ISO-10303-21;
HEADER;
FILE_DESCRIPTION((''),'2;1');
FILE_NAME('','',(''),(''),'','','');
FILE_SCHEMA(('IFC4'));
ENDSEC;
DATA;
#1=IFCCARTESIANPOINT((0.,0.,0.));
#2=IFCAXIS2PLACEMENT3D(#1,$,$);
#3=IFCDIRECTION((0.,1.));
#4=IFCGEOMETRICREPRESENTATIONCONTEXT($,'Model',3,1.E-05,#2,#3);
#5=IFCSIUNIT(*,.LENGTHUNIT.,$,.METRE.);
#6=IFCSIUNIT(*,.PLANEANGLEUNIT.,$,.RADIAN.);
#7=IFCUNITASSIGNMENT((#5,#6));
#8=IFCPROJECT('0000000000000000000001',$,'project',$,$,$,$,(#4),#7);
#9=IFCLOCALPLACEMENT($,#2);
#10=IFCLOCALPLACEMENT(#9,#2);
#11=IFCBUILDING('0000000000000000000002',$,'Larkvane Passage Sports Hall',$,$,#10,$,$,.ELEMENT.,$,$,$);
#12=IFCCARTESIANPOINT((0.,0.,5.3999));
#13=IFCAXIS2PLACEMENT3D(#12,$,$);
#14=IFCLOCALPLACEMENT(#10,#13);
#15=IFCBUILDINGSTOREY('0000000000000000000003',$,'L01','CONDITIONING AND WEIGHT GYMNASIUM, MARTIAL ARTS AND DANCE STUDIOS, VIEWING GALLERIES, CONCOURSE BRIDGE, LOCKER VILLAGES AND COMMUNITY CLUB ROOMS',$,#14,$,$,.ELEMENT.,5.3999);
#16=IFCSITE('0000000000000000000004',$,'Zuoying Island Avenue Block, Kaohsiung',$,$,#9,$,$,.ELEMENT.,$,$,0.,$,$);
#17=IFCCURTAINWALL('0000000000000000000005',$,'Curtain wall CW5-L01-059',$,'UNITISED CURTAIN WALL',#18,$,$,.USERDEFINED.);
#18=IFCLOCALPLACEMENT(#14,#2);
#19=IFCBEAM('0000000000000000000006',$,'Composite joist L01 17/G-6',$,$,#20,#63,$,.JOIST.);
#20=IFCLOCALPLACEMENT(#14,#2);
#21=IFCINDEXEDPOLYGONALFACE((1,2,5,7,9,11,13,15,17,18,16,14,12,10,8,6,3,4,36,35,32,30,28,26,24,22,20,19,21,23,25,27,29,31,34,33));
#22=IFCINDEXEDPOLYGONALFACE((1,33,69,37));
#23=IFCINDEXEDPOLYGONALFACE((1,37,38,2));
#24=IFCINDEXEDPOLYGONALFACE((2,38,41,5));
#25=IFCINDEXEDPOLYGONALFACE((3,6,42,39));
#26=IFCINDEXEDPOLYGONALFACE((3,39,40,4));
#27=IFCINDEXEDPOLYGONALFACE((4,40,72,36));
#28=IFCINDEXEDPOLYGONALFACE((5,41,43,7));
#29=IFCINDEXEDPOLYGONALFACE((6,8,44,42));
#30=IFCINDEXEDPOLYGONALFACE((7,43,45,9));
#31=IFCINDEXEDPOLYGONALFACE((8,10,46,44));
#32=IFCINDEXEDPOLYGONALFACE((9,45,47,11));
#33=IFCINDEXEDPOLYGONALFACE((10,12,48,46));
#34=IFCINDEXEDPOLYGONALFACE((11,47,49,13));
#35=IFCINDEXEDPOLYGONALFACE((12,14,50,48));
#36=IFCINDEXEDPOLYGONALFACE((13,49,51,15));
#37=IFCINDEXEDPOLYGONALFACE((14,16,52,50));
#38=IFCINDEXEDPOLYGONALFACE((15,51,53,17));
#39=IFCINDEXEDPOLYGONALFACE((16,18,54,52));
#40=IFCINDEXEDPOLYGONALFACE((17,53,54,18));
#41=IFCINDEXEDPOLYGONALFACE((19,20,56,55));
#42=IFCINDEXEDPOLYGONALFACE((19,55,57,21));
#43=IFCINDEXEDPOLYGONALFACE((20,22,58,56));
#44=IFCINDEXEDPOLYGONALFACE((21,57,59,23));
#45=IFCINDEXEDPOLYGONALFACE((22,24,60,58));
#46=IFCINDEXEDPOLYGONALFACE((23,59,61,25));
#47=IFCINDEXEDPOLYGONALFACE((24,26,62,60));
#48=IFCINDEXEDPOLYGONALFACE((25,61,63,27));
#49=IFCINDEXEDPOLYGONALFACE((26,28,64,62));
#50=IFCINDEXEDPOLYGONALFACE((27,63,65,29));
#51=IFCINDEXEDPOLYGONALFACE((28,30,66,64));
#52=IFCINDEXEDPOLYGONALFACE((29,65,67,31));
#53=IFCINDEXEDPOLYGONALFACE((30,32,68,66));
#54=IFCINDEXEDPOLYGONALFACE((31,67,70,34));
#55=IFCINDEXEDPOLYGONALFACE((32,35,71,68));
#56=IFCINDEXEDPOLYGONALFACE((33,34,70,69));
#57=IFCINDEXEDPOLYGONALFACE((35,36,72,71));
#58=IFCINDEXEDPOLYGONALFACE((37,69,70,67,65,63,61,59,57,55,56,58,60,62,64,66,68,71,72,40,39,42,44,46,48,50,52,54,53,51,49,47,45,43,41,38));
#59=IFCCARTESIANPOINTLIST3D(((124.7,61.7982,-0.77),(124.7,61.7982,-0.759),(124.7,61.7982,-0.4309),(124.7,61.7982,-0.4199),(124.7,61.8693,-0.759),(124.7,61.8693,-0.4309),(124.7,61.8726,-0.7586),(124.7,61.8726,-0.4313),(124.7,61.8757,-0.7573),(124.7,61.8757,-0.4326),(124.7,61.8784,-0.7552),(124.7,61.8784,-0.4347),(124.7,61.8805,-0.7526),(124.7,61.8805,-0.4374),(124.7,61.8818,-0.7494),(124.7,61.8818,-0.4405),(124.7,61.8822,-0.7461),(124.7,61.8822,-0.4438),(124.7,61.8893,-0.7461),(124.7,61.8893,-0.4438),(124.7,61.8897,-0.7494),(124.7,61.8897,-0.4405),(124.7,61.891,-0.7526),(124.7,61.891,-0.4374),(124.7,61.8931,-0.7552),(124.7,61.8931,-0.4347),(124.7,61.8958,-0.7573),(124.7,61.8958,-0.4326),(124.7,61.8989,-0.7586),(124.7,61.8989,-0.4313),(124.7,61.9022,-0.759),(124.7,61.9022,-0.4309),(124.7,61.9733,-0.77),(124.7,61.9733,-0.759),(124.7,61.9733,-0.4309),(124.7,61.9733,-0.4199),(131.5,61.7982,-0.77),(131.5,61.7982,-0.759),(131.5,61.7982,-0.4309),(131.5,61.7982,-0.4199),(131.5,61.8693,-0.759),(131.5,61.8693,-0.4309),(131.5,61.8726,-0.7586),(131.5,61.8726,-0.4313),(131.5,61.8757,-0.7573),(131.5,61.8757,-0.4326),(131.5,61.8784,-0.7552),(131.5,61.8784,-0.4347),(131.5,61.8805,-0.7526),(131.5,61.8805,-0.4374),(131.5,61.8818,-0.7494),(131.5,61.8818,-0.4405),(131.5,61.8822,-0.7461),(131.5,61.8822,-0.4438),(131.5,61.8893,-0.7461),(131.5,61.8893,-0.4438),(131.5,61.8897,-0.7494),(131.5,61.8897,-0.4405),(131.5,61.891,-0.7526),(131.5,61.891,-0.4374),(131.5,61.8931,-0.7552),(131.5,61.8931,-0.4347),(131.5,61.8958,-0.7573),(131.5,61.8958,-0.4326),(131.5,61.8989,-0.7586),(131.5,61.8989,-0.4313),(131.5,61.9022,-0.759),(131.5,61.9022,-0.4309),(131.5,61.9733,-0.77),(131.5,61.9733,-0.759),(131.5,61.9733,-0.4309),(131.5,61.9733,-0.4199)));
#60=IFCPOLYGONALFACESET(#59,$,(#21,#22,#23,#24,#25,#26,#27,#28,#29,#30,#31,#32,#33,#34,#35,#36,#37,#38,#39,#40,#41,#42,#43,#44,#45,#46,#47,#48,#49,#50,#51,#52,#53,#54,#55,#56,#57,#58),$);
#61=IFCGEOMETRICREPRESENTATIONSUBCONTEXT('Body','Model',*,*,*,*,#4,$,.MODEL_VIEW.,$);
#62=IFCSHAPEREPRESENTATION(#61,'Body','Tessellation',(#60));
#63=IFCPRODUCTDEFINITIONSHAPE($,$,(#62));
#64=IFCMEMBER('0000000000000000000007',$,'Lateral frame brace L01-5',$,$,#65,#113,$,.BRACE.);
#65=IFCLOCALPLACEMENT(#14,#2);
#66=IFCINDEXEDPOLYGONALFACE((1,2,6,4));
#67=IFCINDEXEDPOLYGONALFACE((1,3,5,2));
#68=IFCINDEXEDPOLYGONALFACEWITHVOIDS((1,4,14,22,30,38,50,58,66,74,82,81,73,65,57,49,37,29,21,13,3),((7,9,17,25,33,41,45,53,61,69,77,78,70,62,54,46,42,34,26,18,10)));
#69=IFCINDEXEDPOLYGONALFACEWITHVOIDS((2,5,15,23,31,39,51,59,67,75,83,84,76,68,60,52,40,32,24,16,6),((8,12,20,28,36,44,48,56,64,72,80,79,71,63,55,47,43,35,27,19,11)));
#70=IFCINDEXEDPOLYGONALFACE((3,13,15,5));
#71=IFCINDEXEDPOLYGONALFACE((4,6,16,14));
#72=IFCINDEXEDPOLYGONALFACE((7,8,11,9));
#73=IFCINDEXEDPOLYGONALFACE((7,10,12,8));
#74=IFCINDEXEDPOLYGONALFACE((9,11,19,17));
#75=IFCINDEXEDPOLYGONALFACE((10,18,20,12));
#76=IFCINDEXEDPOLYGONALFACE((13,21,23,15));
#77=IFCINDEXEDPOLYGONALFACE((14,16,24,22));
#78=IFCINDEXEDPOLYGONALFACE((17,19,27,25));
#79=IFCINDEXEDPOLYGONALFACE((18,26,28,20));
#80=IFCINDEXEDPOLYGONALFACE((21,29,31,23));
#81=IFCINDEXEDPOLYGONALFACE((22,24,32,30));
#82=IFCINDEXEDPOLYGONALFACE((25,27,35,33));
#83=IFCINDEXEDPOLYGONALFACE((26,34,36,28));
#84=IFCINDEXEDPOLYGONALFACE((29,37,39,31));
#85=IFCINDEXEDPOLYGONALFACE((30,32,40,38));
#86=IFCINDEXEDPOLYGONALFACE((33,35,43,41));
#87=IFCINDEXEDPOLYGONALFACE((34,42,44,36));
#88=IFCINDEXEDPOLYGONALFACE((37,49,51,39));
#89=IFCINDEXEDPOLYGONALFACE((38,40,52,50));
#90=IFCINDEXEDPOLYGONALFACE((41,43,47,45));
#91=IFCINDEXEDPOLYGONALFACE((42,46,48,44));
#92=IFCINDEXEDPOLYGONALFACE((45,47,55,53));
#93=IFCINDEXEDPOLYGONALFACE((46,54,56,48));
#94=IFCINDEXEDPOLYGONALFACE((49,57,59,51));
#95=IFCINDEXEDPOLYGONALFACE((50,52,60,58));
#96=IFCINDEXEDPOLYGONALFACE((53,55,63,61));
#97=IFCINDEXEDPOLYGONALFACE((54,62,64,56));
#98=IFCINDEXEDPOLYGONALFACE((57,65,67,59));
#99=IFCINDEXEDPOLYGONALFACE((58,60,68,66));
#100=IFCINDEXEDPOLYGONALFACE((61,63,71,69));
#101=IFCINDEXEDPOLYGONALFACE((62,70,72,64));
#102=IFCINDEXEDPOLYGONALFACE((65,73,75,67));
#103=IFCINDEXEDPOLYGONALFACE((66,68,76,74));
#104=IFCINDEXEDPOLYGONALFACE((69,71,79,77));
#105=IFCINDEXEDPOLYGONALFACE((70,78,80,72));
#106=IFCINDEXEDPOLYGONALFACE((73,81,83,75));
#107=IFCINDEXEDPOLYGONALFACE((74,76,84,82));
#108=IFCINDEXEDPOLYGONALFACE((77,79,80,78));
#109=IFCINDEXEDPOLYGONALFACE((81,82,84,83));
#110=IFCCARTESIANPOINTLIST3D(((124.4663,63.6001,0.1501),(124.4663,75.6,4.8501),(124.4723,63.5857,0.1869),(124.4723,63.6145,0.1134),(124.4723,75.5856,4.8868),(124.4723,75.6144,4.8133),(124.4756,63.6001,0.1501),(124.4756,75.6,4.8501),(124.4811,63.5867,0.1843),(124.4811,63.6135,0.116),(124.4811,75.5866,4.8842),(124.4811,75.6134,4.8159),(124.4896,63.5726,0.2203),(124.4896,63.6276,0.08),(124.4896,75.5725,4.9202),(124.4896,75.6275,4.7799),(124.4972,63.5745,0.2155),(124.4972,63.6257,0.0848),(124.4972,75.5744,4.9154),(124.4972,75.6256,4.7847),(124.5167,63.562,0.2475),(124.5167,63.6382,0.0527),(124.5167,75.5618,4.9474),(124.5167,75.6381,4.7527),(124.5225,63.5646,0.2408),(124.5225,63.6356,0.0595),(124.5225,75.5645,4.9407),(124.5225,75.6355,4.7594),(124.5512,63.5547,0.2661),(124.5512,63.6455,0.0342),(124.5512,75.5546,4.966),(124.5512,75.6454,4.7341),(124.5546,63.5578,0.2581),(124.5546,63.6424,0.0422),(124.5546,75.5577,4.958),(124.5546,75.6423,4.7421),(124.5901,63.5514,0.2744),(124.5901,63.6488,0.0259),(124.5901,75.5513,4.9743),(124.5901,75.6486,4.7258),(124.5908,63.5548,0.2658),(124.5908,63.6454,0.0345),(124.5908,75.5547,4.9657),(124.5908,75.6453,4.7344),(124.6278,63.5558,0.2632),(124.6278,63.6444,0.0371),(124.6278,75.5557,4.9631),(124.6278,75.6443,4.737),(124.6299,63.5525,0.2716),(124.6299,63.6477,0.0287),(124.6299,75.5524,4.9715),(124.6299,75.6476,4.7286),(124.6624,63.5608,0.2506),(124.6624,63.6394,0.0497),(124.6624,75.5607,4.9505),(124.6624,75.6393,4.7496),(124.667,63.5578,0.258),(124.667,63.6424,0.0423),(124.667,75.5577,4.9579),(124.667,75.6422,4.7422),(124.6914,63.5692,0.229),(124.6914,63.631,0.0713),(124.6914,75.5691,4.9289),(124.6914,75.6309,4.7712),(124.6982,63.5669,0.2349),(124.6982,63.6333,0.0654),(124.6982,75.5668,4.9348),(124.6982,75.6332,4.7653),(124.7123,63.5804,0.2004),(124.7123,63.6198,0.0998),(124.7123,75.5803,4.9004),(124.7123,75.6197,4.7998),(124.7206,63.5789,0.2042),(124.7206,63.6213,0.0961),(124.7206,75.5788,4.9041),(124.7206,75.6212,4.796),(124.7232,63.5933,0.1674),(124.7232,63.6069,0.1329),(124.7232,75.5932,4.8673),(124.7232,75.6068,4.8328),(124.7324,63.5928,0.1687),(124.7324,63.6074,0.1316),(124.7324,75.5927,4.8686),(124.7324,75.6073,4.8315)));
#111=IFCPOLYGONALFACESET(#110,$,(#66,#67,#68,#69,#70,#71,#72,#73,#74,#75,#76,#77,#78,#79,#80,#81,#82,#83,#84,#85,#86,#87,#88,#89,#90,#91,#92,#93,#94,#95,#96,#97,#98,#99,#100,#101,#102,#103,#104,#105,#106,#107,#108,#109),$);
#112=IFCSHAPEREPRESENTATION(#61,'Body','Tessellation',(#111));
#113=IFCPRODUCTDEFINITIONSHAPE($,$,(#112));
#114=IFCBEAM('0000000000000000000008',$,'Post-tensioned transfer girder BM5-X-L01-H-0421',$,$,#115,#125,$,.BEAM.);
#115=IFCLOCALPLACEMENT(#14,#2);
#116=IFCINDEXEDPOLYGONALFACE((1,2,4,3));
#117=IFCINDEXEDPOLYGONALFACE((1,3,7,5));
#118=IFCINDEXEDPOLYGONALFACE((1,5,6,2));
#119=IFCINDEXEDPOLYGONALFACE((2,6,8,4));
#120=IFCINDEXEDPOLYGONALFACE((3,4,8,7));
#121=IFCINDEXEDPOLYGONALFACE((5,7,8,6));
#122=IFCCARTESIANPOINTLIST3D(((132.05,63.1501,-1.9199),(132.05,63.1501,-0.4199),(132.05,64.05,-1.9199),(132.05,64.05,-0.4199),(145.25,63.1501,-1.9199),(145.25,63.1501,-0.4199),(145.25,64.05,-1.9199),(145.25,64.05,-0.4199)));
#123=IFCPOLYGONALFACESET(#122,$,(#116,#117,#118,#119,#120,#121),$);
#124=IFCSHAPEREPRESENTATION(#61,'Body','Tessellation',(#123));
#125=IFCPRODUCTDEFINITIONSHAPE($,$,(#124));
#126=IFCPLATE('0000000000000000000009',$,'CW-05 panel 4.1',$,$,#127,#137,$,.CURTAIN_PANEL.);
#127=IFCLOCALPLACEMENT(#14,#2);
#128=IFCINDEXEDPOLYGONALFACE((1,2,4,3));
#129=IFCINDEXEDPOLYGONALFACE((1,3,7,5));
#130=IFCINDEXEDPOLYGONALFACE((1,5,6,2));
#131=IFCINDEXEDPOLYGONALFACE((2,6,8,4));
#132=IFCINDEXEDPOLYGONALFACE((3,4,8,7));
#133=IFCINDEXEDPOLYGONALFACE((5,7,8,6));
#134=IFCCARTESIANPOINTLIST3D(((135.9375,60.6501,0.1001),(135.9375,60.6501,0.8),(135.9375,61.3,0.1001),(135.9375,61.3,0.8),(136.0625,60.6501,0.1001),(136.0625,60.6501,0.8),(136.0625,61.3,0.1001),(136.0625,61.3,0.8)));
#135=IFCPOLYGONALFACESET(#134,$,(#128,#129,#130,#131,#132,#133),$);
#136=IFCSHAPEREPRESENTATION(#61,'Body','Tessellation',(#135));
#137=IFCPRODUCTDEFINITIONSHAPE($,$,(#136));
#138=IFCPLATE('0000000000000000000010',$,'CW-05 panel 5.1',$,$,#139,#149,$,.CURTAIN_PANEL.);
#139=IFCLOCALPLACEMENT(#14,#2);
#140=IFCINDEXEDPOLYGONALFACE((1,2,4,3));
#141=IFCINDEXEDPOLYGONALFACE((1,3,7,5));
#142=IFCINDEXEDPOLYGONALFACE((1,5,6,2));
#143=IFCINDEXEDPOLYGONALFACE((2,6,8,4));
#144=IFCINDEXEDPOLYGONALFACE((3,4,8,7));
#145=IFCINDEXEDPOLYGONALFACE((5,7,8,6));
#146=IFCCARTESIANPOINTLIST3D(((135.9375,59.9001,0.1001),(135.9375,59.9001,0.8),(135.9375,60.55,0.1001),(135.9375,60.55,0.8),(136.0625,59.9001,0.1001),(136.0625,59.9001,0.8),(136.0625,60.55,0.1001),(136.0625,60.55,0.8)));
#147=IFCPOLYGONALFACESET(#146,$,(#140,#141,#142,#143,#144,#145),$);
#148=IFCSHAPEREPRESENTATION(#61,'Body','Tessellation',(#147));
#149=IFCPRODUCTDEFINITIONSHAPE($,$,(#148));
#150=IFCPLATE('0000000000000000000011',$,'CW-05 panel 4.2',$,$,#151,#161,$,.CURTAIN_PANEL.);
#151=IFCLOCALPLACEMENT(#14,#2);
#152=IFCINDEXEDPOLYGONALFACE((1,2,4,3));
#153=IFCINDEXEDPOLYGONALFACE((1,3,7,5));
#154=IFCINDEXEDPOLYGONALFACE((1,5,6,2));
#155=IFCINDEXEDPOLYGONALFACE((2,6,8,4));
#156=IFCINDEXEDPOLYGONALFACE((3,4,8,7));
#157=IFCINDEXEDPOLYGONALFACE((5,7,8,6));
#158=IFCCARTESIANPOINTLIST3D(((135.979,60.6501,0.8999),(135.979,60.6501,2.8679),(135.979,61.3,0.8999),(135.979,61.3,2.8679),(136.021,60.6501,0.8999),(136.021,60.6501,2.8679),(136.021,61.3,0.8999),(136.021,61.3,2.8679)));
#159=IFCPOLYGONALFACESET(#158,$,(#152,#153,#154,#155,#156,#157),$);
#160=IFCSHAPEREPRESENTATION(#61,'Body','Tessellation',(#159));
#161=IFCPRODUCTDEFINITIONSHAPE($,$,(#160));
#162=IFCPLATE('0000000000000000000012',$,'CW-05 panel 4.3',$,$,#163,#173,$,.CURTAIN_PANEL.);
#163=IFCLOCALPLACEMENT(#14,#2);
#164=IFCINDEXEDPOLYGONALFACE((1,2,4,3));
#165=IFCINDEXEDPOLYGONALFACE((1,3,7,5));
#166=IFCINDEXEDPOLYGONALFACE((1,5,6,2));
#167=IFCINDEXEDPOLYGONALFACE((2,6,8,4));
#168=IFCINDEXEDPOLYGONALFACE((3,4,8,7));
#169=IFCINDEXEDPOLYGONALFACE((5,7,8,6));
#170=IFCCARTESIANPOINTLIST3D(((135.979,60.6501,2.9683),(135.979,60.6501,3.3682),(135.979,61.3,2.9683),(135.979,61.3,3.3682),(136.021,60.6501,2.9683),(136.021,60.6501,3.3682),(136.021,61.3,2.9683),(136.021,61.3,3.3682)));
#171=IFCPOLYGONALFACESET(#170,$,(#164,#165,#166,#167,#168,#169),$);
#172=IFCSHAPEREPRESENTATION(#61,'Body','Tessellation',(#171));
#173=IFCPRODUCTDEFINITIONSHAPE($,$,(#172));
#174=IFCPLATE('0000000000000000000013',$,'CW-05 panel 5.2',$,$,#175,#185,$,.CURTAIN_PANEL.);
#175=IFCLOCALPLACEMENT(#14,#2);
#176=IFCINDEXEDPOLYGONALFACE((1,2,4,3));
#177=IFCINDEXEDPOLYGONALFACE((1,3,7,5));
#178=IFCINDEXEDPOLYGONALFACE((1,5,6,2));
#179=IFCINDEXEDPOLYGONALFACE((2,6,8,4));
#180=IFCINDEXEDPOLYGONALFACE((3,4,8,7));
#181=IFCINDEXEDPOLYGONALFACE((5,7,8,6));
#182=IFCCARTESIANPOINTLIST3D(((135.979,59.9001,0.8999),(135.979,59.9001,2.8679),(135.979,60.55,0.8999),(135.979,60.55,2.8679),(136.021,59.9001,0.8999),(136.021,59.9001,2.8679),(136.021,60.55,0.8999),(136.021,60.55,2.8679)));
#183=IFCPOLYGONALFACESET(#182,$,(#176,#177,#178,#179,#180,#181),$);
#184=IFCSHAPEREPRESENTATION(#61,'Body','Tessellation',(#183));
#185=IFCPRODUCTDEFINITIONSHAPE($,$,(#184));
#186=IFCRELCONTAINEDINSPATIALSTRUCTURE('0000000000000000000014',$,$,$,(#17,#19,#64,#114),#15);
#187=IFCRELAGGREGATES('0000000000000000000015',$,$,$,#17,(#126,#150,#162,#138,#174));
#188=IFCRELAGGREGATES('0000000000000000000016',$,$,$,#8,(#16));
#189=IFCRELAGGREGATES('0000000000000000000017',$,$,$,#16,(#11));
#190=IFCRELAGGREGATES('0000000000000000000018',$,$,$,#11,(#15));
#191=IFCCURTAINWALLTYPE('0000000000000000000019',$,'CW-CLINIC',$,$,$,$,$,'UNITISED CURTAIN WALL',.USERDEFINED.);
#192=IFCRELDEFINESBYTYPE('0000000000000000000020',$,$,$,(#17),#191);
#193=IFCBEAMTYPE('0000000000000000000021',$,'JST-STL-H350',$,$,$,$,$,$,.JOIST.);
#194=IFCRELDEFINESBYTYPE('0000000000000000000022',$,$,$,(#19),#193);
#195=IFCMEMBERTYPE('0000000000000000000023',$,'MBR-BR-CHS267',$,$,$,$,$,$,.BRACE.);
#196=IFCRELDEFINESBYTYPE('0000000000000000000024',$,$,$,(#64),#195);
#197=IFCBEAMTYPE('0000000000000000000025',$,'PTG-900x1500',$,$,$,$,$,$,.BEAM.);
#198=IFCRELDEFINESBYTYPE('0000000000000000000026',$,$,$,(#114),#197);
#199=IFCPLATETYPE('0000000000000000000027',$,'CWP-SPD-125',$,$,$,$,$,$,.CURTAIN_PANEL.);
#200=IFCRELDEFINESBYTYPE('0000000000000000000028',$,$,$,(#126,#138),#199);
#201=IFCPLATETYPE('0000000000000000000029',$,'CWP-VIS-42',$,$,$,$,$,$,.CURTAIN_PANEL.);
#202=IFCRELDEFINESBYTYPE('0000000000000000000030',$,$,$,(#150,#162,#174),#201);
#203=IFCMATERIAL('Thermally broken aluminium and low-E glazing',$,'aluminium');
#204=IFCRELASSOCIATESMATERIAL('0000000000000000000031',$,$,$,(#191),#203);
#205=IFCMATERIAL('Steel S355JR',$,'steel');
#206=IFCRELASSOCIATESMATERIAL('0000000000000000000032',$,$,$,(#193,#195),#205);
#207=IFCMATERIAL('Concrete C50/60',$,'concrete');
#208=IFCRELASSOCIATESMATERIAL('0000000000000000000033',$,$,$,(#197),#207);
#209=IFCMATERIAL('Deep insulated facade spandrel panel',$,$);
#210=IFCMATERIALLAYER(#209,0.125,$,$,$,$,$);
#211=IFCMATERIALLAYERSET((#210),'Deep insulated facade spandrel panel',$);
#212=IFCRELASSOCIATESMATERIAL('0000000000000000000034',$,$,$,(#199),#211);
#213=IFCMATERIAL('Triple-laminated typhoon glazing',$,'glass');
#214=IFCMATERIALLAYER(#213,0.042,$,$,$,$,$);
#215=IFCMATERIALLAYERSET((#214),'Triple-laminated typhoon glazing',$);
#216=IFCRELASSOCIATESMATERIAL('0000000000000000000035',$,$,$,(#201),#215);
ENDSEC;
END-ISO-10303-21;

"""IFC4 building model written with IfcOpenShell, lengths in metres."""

from ifc_helpers import new_model, si_unit, direction, frame, origin, origin_2d, place, context, subcontext, project, spatial, rectangle, hollow_circle, i_section, extrude, material, layer, layer_set, material_profile, profile_set, type_object, element, aggregate, save


model = new_model("IFC4")

# Units and contexts
model_context = context("Model", 3, precision=1e-05, world=origin(), true_north=direction((0.0, 1.0)))
body_context = subcontext(model_context, "Body", "Model", "MODEL_VIEW")
ifc_project = project(units=[si_unit("LENGTHUNIT", "METRE"), si_unit("PLANEANGLEUNIT", "RADIAN")], contexts=[model_context])

# Site, building, storey
site_placement = place(None, origin())
site = spatial("IfcSite", under=ifc_project, at=site_placement, Name="Zuoying Island Avenue Block, Kaohsiung", CompositionType="ELEMENT", RefElevation=0.0)
building_placement = place(site_placement, origin())
building = spatial("IfcBuilding", under=site, at=building_placement, Name="Larkvane Passage Sports Hall", CompositionType="ELEMENT")
storey_placement = place(building_placement, frame((0.0, 0.0, 5.3999)))
storey = spatial("IfcBuildingStorey", under=building, at=storey_placement, Name="L01", Description="CONDITIONING AND WEIGHT GYMNASIUM, MARTIAL ARTS AND DANCE STUDIOS, VIEWING GALLERIES, CONCOURSE BRIDGE, LOCKER VILLAGES AND COMMUNITY CLUB ROOMS", CompositionType="ELEMENT", Elevation=5.3999)

# Shared definitions
ifc_material_1 = material(Name="Steel S355JR", Category="steel")

# Curtain wall
ifc_material_2 = material(Name="Thermally broken aluminium and low-E glazing", Category="aluminium")
curtain_wall_type = type_object("IfcCurtainWallType", Name="CW-CLINIC", ElementType="UNITISED CURTAIN WALL", PredefinedType="USERDEFINED", material=ifc_material_2)
curtain_wall_placement = place(storey_placement, origin())
curtain_wall = element("IfcCurtainWall", 1, at=curtain_wall_placement, inside=storey, type_object=curtain_wall_type, Name="Curtain wall CW5-L01-059", ObjectType="UNITISED CURTAIN WALL", PredefinedType="USERDEFINED")

# Beam
ifc_material_profile_1 = material_profile(ifc_material_1, i_section(OverallWidth=0.175, OverallDepth=0.3501, WebThickness=0.0071, FlangeThickness=0.011, FilletRadius=0.0129, at=origin_2d()), Name="H-350x175x7x11")
ifc_profile_set_1 = profile_set([ifc_material_profile_1], Name="Steel S355JR")
beam_type_1 = type_object("IfcBeamType", Name="JST-STL-H350", PredefinedType="JOIST", material=ifc_profile_set_1)
beam_1_placement = place(storey_placement, frame((124.7, 61.8857, -0.595), z_axis=(1.0, 0.0, 0.0), x_axis=(0.0, 1.0, 0.0)))
element("IfcBeam", 2, at=beam_1_placement, inside=storey, type_object=beam_type_1, Name="Composite joist L01 17/G-6", PredefinedType="JOIST", context=body_context, shape_type="SweptSolid", body=[
    extrude(i_section(OverallWidth=0.175, OverallDepth=0.3501, WebThickness=0.0071, FlangeThickness=0.011, FilletRadius=0.0129, at=origin_2d()), origin(), (0.0, 0.0, 1.0), 6.8),
])

# Member
ifc_material_profile_2 = material_profile(ifc_material_1, hollow_circle(Radius=0.1338, WallThickness=0.0093, at=origin_2d()), Name="CHS-267.4x9.3")
ifc_profile_set_2 = profile_set([ifc_material_profile_2], Name="Steel S355JR")
member_type_1 = type_object("IfcMemberType", Name="MBR-BR-CHS267", PredefinedType="BRACE", material=ifc_profile_set_2)
member_1_placement = place(storey_placement, frame((124.6001, 63.6001, 0.1501), z_axis=(0.0, 0.93113, 0.364689), x_axis=(-1.0, 0.0, 0.0)))
element("IfcMember", 3, at=member_1_placement, inside=storey, type_object=member_type_1, Name="Lateral frame brace L01-5", PredefinedType="BRACE", context=body_context, shape_type="SweptSolid", body=[
    extrude(hollow_circle(Radius=0.1338, WallThickness=0.0093, at=origin_2d()), origin(), (0.0, 0.0, 1.0), 12.8875),
])

# Beam
ifc_material_3 = material(Name="Concrete C50/60", Category="concrete")
ifc_material_profile_3 = material_profile(ifc_material_3, rectangle(XDim=0.8999, YDim=1.5, at=origin_2d()), Name="PT-GIR-900x1500")
ifc_profile_set_3 = profile_set([ifc_material_profile_3], Name="Concrete C50/60")
beam_type_2 = type_object("IfcBeamType", Name="PTG-900x1500", PredefinedType="BEAM", material=ifc_profile_set_3)
beam_2_placement = place(storey_placement, frame((132.05, 63.6001, -1.1699), z_axis=(1.0, 0.0, 0.0), x_axis=(0.0, 1.0, 0.0)))
element("IfcBeam", 4, at=beam_2_placement, inside=storey, type_object=beam_type_2, Name="Post-tensioned transfer girder BM5-X-L01-H-0421", PredefinedType="BEAM", context=body_context, shape_type="SweptSolid", body=[
    extrude(rectangle(XDim=0.8999, YDim=1.5, at=origin_2d()), origin(), (0.0, 0.0, 1.0), 13.2),
])

# Plates
ifc_material_4 = material(Name="Deep insulated facade spandrel panel")
ifc_layer_1 = layer(ifc_material_4, 0.125)
ifc_layer_set_1 = layer_set([ifc_layer_1], Name="Deep insulated facade spandrel panel")
plate_type_1 = type_object("IfcPlateType", Name="CWP-SPD-125", PredefinedType="CURTAIN_PANEL", material=ifc_layer_set_1)
plate_1_placement = place(storey_placement, frame((136.0, 60.9751, 0.1001), z_axis=(0.0, 0.0, 1.0), x_axis=(0.0, -1.0, 0.0)))
plate_1 = element("IfcPlate", 5, at=plate_1_placement, type_object=plate_type_1, Name="CW-05 panel 4.1", PredefinedType="CURTAIN_PANEL", context=body_context, shape_type="SweptSolid", body=[
    extrude(rectangle(XDim=0.6499, YDim=0.125, at=origin_2d()), origin(), (0.0, 0.0, 1.0), 0.7),
])
plate_2_placement = place(storey_placement, frame((136.0, 60.2251, 0.1001), z_axis=(0.0, 0.0, 1.0), x_axis=(0.0, -1.0, 0.0)))
plate_2 = element("IfcPlate", 6, at=plate_2_placement, type_object=plate_type_1, Name="CW-05 panel 5.1", PredefinedType="CURTAIN_PANEL", context=body_context, shape_type="SweptSolid", body=[
    extrude(rectangle(XDim=0.6499, YDim=0.125, at=origin_2d()), origin(), (0.0, 0.0, 1.0), 0.7),
])
ifc_material_5 = material(Name="Triple-laminated typhoon glazing", Category="glass")
ifc_layer_2 = layer(ifc_material_5, 0.042)
ifc_layer_set_2 = layer_set([ifc_layer_2], Name="Triple-laminated typhoon glazing")
plate_type_2 = type_object("IfcPlateType", Name="CWP-VIS-42", PredefinedType="CURTAIN_PANEL", material=ifc_layer_set_2)
plate_3_placement = place(storey_placement, frame((136.0, 60.9751, 0.8999), z_axis=(0.0, 0.0, 1.0), x_axis=(0.0, -1.0, 0.0)))
plate_3 = element("IfcPlate", 7, at=plate_3_placement, type_object=plate_type_2, Name="CW-05 panel 4.2", PredefinedType="CURTAIN_PANEL", context=body_context, shape_type="SweptSolid", body=[
    extrude(rectangle(XDim=0.6499, YDim=0.042, at=origin_2d()), origin(), (0.0, 0.0, 1.0), 1.968),
])
plate_4_placement = place(storey_placement, frame((136.0, 60.9751, 2.9683), z_axis=(0.0, 0.0, 1.0), x_axis=(0.0, -1.0, 0.0)))
plate_4 = element("IfcPlate", 8, at=plate_4_placement, type_object=plate_type_2, Name="CW-05 panel 4.3", PredefinedType="CURTAIN_PANEL", context=body_context, shape_type="SweptSolid", body=[
    extrude(rectangle(XDim=0.6499, YDim=0.042, at=origin_2d()), origin(), (0.0, 0.0, 1.0), 0.3999),
])
plate_5_placement = place(storey_placement, frame((136.0, 60.2251, 0.8999), z_axis=(0.0, 0.0, 1.0), x_axis=(0.0, -1.0, 0.0)))
plate_5 = element("IfcPlate", 9, at=plate_5_placement, type_object=plate_type_2, Name="CW-05 panel 5.2", PredefinedType="CURTAIN_PANEL", context=body_context, shape_type="SweptSolid", body=[
    extrude(rectangle(XDim=0.6499, YDim=0.042, at=origin_2d()), origin(), (0.0, 0.0, 1.0), 1.968),
])
aggregate(curtain_wall, [plate_1, plate_3, plate_4, plate_2, plate_5])

save(model, "model.ifc")
